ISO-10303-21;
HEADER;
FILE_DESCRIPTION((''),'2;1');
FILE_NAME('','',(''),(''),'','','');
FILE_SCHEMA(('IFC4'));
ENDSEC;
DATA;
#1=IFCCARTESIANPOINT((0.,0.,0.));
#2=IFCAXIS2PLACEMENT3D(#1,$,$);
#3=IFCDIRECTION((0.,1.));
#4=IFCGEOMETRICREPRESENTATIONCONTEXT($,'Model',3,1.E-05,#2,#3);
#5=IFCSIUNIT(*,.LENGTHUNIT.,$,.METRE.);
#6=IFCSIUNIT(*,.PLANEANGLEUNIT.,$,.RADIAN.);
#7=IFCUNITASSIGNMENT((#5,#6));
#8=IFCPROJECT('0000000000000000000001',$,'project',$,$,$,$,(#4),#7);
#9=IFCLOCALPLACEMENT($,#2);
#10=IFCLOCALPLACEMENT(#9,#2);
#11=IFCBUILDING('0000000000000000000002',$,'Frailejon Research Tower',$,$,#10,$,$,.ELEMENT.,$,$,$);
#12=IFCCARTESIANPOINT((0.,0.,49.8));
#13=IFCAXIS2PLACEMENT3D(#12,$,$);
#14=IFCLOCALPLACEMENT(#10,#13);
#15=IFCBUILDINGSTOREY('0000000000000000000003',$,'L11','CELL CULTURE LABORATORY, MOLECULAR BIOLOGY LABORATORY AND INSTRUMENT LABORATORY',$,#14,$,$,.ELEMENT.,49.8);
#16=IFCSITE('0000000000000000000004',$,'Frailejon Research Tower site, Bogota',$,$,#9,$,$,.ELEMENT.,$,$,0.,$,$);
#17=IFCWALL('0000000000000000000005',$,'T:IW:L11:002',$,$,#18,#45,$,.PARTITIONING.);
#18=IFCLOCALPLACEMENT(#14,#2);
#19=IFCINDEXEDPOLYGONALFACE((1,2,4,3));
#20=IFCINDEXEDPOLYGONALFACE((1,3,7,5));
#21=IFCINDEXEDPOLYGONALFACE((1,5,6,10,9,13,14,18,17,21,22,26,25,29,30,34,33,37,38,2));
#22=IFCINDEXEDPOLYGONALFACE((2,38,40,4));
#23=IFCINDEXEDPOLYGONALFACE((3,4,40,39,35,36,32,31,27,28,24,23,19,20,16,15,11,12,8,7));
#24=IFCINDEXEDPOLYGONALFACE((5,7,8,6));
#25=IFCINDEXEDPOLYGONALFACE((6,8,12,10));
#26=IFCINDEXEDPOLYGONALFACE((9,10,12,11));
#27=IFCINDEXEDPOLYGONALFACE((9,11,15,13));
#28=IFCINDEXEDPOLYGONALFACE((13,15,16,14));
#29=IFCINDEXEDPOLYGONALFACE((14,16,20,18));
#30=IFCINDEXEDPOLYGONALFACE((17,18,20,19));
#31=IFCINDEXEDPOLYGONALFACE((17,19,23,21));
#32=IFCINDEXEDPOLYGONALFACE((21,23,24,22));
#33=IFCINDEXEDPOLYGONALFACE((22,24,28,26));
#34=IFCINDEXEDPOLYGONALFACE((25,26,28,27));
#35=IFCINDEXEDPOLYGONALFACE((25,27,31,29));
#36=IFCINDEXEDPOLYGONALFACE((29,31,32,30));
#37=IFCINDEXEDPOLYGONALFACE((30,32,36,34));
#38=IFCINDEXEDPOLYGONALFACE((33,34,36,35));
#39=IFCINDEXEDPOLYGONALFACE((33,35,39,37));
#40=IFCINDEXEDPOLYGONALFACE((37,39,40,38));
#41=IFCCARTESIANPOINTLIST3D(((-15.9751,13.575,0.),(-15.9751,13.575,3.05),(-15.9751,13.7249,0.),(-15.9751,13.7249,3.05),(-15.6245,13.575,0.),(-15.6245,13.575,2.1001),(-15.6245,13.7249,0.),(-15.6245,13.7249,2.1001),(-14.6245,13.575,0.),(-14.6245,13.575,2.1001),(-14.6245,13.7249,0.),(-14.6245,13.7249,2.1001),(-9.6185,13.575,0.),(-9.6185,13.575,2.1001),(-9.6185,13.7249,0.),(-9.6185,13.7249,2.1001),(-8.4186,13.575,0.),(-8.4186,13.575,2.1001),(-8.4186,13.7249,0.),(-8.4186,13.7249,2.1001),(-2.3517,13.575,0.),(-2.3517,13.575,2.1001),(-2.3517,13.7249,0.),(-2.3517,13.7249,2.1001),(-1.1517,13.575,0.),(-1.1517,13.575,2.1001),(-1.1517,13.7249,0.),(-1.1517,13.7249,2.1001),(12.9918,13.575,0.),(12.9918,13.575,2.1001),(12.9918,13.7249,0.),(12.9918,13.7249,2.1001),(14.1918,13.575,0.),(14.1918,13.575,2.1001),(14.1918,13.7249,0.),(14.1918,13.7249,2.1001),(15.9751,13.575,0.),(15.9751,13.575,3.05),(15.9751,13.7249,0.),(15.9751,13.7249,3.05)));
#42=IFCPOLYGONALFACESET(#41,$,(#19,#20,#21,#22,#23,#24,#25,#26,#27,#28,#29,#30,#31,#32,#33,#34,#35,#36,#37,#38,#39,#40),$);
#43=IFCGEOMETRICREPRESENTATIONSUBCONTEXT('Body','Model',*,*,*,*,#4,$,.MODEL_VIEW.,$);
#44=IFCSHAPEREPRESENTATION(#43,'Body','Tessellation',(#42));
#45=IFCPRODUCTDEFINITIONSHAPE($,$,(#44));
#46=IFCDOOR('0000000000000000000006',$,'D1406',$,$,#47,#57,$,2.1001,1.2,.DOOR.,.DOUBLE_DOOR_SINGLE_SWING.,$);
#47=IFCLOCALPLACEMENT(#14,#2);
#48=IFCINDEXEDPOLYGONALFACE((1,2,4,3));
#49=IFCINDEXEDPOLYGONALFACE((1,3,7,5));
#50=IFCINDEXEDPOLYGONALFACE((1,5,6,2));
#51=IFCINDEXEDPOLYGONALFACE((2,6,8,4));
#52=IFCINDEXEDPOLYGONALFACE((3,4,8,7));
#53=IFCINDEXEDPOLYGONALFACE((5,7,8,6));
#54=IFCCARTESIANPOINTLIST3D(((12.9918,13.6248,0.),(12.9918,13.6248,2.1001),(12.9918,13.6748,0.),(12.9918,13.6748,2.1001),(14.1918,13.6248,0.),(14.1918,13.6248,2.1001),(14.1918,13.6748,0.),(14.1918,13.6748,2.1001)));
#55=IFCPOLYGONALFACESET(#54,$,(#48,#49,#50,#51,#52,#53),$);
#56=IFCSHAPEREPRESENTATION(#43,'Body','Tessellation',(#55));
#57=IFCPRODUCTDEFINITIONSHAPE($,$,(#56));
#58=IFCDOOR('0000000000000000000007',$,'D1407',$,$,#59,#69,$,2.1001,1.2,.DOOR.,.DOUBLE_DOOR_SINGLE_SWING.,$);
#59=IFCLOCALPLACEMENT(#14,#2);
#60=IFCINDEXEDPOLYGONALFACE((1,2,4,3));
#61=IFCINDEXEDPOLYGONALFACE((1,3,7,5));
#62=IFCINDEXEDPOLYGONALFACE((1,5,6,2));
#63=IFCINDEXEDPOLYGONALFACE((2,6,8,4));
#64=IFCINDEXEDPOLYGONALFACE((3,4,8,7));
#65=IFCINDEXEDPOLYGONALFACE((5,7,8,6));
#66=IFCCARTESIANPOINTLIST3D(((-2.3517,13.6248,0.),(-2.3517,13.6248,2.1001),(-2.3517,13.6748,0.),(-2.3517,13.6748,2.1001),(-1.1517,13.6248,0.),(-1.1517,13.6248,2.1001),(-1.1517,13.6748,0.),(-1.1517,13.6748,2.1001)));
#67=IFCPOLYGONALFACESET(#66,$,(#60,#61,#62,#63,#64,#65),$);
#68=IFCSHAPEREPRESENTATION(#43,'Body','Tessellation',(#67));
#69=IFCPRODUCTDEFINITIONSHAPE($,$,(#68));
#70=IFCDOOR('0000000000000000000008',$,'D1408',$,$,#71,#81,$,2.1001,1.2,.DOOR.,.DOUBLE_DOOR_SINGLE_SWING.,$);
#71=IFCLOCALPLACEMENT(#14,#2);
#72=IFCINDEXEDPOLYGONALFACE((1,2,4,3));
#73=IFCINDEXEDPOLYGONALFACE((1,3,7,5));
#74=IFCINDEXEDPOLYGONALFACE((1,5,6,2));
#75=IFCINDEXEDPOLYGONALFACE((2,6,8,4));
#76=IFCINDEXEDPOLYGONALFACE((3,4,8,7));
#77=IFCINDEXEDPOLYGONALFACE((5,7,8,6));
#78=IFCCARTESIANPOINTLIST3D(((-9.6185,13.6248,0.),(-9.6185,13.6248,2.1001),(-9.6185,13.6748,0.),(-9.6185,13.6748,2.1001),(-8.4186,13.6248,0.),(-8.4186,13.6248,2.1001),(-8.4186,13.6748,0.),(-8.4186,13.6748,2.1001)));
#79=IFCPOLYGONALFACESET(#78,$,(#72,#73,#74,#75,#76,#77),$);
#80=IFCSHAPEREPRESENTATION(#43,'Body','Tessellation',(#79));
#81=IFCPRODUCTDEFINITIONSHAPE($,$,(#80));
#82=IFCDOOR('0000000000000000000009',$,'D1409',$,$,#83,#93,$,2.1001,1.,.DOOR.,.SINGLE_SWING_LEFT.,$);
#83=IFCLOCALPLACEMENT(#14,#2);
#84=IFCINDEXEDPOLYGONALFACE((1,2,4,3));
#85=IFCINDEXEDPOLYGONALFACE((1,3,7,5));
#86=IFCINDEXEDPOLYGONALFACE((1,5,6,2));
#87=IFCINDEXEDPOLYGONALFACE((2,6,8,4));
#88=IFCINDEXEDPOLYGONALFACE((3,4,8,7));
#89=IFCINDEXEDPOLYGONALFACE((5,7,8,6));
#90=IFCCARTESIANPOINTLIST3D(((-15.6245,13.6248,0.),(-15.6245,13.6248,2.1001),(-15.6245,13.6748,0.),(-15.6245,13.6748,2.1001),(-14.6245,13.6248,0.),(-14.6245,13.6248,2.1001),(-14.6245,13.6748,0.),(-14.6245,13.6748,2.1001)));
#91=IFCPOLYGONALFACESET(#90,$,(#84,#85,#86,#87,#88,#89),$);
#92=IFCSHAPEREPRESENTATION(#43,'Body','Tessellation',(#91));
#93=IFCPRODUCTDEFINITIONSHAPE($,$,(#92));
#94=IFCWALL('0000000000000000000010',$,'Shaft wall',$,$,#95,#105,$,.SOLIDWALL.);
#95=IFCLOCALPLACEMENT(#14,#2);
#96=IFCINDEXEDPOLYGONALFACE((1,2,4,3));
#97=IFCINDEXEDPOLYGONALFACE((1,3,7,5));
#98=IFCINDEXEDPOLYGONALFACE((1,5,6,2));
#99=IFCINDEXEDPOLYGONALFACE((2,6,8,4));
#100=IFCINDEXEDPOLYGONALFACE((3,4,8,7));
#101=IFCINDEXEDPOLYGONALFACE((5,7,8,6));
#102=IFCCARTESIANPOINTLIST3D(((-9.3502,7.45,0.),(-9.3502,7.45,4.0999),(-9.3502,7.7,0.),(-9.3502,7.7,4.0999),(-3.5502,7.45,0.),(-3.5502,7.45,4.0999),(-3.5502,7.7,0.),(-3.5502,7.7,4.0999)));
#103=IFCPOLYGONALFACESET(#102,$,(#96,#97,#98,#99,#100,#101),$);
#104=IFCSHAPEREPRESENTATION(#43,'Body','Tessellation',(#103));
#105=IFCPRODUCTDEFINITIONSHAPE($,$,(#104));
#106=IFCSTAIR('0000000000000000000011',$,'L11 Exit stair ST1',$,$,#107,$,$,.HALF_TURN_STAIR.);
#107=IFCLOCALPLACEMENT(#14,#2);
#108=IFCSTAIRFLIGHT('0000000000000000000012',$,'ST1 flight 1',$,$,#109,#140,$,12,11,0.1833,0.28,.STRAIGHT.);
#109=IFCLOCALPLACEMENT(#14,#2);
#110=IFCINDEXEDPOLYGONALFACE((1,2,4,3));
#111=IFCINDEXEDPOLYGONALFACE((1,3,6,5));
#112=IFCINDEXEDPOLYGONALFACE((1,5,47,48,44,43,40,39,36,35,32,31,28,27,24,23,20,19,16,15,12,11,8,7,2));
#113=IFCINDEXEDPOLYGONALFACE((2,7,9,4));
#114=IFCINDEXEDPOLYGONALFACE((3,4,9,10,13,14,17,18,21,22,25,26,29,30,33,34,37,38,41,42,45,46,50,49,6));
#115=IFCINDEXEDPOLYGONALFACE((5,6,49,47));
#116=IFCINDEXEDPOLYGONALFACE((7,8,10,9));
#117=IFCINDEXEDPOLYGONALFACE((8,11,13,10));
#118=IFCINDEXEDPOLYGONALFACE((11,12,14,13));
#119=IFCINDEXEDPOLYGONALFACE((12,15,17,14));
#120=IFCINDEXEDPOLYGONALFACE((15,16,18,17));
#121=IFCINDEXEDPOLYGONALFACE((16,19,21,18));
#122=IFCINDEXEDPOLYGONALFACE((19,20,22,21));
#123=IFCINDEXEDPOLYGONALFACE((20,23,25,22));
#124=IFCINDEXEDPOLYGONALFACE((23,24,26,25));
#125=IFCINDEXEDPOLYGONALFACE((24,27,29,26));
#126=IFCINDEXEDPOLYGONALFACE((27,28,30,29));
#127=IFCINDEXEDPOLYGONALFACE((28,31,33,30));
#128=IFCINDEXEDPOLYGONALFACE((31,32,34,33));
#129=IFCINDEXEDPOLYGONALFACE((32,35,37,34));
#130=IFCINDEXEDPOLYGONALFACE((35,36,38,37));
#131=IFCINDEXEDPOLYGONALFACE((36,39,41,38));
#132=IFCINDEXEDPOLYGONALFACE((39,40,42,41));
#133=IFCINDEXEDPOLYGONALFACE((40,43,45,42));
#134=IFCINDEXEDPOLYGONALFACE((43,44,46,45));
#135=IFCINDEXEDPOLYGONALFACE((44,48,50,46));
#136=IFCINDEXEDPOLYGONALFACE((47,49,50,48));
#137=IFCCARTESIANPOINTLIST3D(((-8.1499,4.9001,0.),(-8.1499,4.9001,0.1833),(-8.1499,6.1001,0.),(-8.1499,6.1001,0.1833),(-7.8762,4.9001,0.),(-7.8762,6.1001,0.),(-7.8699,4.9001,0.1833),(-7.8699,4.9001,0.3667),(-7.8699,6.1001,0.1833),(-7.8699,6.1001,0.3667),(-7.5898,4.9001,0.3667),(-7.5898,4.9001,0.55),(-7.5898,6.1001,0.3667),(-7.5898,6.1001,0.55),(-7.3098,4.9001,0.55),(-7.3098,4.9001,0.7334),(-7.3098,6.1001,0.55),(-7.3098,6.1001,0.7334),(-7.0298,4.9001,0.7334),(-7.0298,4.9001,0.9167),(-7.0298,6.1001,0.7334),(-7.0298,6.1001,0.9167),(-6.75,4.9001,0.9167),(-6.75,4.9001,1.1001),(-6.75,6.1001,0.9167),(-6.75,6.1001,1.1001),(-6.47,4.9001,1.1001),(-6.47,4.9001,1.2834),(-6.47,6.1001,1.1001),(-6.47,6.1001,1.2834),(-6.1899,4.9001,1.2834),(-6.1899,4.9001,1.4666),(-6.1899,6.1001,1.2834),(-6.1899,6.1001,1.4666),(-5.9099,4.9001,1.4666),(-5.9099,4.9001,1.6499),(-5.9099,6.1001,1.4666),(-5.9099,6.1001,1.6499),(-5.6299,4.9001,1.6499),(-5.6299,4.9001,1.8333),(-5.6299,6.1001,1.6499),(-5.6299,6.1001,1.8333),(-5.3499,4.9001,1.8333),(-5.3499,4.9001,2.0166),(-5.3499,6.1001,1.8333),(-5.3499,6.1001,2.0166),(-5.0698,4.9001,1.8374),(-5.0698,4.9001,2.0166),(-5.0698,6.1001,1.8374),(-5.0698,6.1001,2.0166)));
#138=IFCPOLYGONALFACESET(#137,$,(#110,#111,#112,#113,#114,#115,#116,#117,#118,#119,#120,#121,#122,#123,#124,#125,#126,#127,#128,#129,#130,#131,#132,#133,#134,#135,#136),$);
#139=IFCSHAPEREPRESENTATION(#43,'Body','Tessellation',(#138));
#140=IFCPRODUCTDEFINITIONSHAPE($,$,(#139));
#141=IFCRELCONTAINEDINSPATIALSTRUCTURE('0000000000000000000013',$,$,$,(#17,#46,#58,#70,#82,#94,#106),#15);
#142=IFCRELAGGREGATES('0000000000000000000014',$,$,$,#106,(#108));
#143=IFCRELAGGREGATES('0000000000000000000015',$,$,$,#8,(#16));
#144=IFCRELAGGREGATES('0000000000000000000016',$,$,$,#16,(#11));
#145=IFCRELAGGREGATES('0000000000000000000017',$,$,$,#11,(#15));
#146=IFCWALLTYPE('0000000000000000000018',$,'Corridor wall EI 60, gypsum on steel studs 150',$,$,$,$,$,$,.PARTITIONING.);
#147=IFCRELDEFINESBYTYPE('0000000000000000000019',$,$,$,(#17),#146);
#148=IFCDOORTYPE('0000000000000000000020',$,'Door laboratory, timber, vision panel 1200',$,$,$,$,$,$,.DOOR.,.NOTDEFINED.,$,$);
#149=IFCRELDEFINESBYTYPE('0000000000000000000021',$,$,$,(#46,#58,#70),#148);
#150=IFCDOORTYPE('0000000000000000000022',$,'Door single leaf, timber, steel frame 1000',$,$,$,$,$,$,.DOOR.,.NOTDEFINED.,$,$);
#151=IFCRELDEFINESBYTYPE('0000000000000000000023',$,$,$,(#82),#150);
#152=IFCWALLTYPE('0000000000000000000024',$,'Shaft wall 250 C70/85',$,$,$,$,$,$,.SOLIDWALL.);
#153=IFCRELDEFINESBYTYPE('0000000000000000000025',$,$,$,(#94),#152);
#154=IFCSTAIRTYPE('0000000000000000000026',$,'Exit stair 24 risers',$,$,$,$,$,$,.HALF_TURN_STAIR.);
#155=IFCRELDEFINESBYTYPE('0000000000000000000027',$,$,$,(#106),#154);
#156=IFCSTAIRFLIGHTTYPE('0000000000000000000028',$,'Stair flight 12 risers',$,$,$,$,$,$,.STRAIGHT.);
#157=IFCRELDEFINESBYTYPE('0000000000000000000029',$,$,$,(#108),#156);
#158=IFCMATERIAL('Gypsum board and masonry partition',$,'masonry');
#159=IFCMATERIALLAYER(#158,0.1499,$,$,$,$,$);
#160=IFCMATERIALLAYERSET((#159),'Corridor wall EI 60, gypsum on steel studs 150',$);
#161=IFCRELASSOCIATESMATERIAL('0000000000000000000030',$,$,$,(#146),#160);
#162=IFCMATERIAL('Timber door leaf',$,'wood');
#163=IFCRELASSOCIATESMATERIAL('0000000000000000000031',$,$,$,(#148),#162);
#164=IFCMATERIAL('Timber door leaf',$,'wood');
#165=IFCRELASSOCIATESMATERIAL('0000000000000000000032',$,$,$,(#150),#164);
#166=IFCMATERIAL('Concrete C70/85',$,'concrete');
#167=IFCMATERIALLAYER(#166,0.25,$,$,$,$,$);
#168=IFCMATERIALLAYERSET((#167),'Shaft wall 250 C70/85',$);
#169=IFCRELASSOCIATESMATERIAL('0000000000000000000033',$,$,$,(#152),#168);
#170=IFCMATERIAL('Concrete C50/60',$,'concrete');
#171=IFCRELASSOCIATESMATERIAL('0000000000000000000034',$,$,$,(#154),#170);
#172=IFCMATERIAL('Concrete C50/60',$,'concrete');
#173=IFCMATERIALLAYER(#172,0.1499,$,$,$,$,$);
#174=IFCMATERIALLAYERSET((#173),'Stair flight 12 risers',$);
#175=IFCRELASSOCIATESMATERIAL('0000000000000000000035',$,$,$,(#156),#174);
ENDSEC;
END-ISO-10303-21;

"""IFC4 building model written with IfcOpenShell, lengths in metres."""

from ifc_helpers import new_model, si_unit, direction, frame, frame_2d, origin, place, context, subcontext, project, spatial, polyline, rectangle, outline, extrude, material, layer, layer_set, type_object, element, fill, aggregate, save


model = new_model("IFC4")

# Units and contexts
model_context = context("Model", 3, precision=1e-05, world=origin(), true_north=direction((0.0, 1.0)))
body_context = subcontext(model_context, "Body", "Model", "MODEL_VIEW")
ifc_project = project(units=[si_unit("LENGTHUNIT", "METRE"), si_unit("PLANEANGLEUNIT", "RADIAN")], contexts=[model_context])

# Site, building, storey
site_placement = place(None, origin())
site = spatial("IfcSite", under=ifc_project, at=site_placement, Name="Frailejon Research Tower site, Bogota", CompositionType="ELEMENT", RefElevation=0.0)
building_placement = place(site_placement, origin())
building = spatial("IfcBuilding", under=site, at=building_placement, Name="Frailejon Research Tower", CompositionType="ELEMENT")
storey_placement = place(building_placement, frame((0.0, 0.0, 49.8)))
storey = spatial("IfcBuildingStorey", under=building, at=storey_placement, Name="L11", Description="CELL CULTURE LABORATORY, MOLECULAR BIOLOGY LABORATORY AND INSTRUMENT LABORATORY", CompositionType="ELEMENT", Elevation=49.8)

# Wall, openings, doors
ifc_material_1 = material(Name="Gypsum board and masonry partition", Category="masonry")
ifc_layer_1 = layer(ifc_material_1, 0.1499)
ifc_layer_set_1 = layer_set([ifc_layer_1], Name="Corridor wall EI 60, gypsum on steel studs 150")
wall_type_1 = type_object("IfcWallType", Name="Corridor wall EI 60, gypsum on steel studs 150", PredefinedType="PARTITIONING", material=ifc_layer_set_1)
wall_1_placement = place(storey_placement, frame((-15.9751, 13.6499, 0.0), z_axis=(0.0, 0.0, 1.0), x_axis=(1.0, 0.0, 0.0)))
wall_1 = element("IfcWall", 1, at=wall_1_placement, inside=storey, type_object=wall_type_1, Name="T:IW:L11:002", PredefinedType="PARTITIONING", context=body_context, shape_type="SweptSolid", body=[
    extrude(rectangle(XDim=31.9502, YDim=0.1499, at=frame_2d((15.9751, 0.0))), origin(), (0.0, 0.0, 1.0), 3.05),
])
opening_1_placement = place(wall_1_placement, frame((28.9668, 0.0, 0.0)))
opening_1 = element("IfcOpeningElement", 2, at=opening_1_placement, cuts=wall_1, PredefinedType="OPENING", context=body_context, shape_type="SweptSolid", body=[
    extrude(rectangle(XDim=1.2, YDim=2.1001, at=frame_2d((0.6001, 1.05))), frame((0.0, 0.085, 0.0), z_axis=(0.0, -1.0, 0.0), x_axis=(1.0, 0.0, 0.0)), (0.0, 0.0, 1.0), 0.1699),
])
opening_2_placement = place(wall_1_placement, frame((13.6233, 0.0, 0.0)))
opening_2 = element("IfcOpeningElement", 3, at=opening_2_placement, cuts=wall_1, PredefinedType="OPENING", context=body_context, shape_type="SweptSolid", body=[
    extrude(rectangle(XDim=1.2, YDim=2.1001, at=frame_2d((0.6001, 1.05))), frame((0.0, 0.085, 0.0), z_axis=(0.0, -1.0, 0.0), x_axis=(1.0, 0.0, 0.0)), (0.0, 0.0, 1.0), 0.1699),
])
opening_3_placement = place(wall_1_placement, frame((6.3564, 0.0, 0.0)))
opening_3 = element("IfcOpeningElement", 4, at=opening_3_placement, cuts=wall_1, PredefinedType="OPENING", context=body_context, shape_type="SweptSolid", body=[
    extrude(rectangle(XDim=1.2, YDim=2.1001, at=frame_2d((0.6001, 1.05))), frame((0.0, 0.085, 0.0), z_axis=(0.0, -1.0, 0.0), x_axis=(1.0, 0.0, 0.0)), (0.0, 0.0, 1.0), 0.1699),
])
opening_4_placement = place(wall_1_placement, frame((0.3506, 0.0, 0.0)))
opening_4 = element("IfcOpeningElement", 5, at=opening_4_placement, cuts=wall_1, PredefinedType="OPENING", context=body_context, shape_type="SweptSolid", body=[
    extrude(rectangle(XDim=1.0, YDim=2.1001, at=frame_2d((0.5, 1.05))), frame((0.0, 0.085, 0.0), z_axis=(0.0, -1.0, 0.0), x_axis=(1.0, 0.0, 0.0)), (0.0, 0.0, 1.0), 0.1699),
])
ifc_material_2 = material(Name="Timber door leaf", Category="wood")
door_type_1 = type_object("IfcDoorType", Name="Door laboratory, timber, vision panel 1200", OperationType="NOTDEFINED", PredefinedType="DOOR", material=ifc_material_2)
door_1_placement = place(opening_1_placement, origin())
door_1 = element("IfcDoor", 6, at=door_1_placement, inside=storey, type_object=door_type_1, Name="D1406", OperationType="DOUBLE_DOOR_SINGLE_SWING", OverallHeight=2.1001, OverallWidth=1.2, PredefinedType="DOOR", context=body_context, shape_type="SweptSolid", body=[
    extrude(rectangle(XDim=1.2, YDim=2.1001, at=frame_2d((0.6001, 1.05))), frame((0.0, 0.0249, 0.0), z_axis=(0.0, -1.0, 0.0), x_axis=(1.0, 0.0, 0.0)), (0.0, 0.0, 1.0), 0.05),
])
fill(opening_1, door_1)
door_2_placement = place(opening_2_placement, origin())
door_2 = element("IfcDoor", 7, at=door_2_placement, inside=storey, type_object=door_type_1, Name="D1407", OperationType="DOUBLE_DOOR_SINGLE_SWING", OverallHeight=2.1001, OverallWidth=1.2, PredefinedType="DOOR", context=body_context, shape_type="SweptSolid", body=[
    extrude(rectangle(XDim=1.2, YDim=2.1001, at=frame_2d((0.6001, 1.05))), frame((0.0, 0.0249, 0.0), z_axis=(0.0, -1.0, 0.0), x_axis=(1.0, 0.0, 0.0)), (0.0, 0.0, 1.0), 0.05),
])
fill(opening_2, door_2)
door_3_placement = place(opening_3_placement, origin())
door_3 = element("IfcDoor", 8, at=door_3_placement, inside=storey, type_object=door_type_1, Name="D1408", OperationType="DOUBLE_DOOR_SINGLE_SWING", OverallHeight=2.1001, OverallWidth=1.2, PredefinedType="DOOR", context=body_context, shape_type="SweptSolid", body=[
    extrude(rectangle(XDim=1.2, YDim=2.1001, at=frame_2d((0.6001, 1.05))), frame((0.0, 0.0249, 0.0), z_axis=(0.0, -1.0, 0.0), x_axis=(1.0, 0.0, 0.0)), (0.0, 0.0, 1.0), 0.05),
])
fill(opening_3, door_3)
ifc_material_3 = material(Name="Timber door leaf", Category="wood")
door_type_2 = type_object("IfcDoorType", Name="Door single leaf, timber, steel frame 1000", OperationType="NOTDEFINED", PredefinedType="DOOR", material=ifc_material_3)
door_4_placement = place(opening_4_placement, origin())
door_4 = element("IfcDoor", 9, at=door_4_placement, inside=storey, type_object=door_type_2, Name="D1409", OperationType="SINGLE_SWING_LEFT", OverallHeight=2.1001, OverallWidth=1.0, PredefinedType="DOOR", context=body_context, shape_type="SweptSolid", body=[
    extrude(rectangle(XDim=1.0, YDim=2.1001, at=frame_2d((0.5, 1.05))), frame((0.0, 0.0249, 0.0), z_axis=(0.0, -1.0, 0.0), x_axis=(1.0, 0.0, 0.0)), (0.0, 0.0, 1.0), 0.05),
])
fill(opening_4, door_4)

# Wall
ifc_material_4 = material(Name="Concrete C70/85", Category="concrete")
ifc_layer_2 = layer(ifc_material_4, 0.25)
ifc_layer_set_2 = layer_set([ifc_layer_2], Name="Shaft wall 250 C70/85")
wall_type_2 = type_object("IfcWallType", Name="Shaft wall 250 C70/85", PredefinedType="SOLIDWALL", material=ifc_layer_set_2)
wall_2_placement = place(storey_placement, frame((-9.3501, 7.575, 0.0), z_axis=(0.0, 0.0, 1.0), x_axis=(1.0, 0.0, 0.0)))
element("IfcWall", 10, at=wall_2_placement, inside=storey, type_object=wall_type_2, Name="Shaft wall", PredefinedType="SOLIDWALL", context=body_context, shape_type="SweptSolid", body=[
    extrude(rectangle(XDim=5.8, YDim=0.25, at=frame_2d((2.8999, 0.0))), origin(), (0.0, 0.0, 1.0), 4.0999),
])

# Stair, stair flight
ifc_material_5 = material(Name="Concrete C50/60", Category="concrete")
stair_type = type_object("IfcStairType", Name="Exit stair 24 risers", PredefinedType="HALF_TURN_STAIR", material=ifc_material_5)
stair_placement = place(storey_placement, origin())
stair = element("IfcStair", 11, at=stair_placement, inside=storey, type_object=stair_type, Name="L11 Exit stair ST1", PredefinedType="HALF_TURN_STAIR")
ifc_material_6 = material(Name="Concrete C50/60", Category="concrete")
ifc_layer_3 = layer(ifc_material_6, 0.1499)
ifc_layer_set_3 = layer_set([ifc_layer_3], Name="Stair flight 12 risers")
stair_flight_type = type_object("IfcStairFlightType", Name="Stair flight 12 risers", PredefinedType="STRAIGHT", material=ifc_layer_set_3)
stair_flight_1_placement = place(storey_placement, frame((-8.1499, 5.5, 0.0), z_axis=(0.0, 0.0, 1.0), x_axis=(1.0, 0.0, 0.0)))
stair_flight_1 = element("IfcStairFlight", 12, at=stair_flight_1_placement, type_object=stair_flight_type, Name="ST1 flight 1", NumberOfRisers=12, NumberOfTreads=11, PredefinedType="STRAIGHT", RiserHeight=0.1833, TreadLength=0.28, context=body_context, shape_type="SweptSolid", body=[
    extrude(outline(polyline([(0.0, 0.0), (0.0, 0.1833), (0.28, 0.1833), (0.28, 0.3667), (0.5601, 0.3667), (0.5601, 0.55), (0.8401, 0.55), (0.8401, 0.7334), (1.1201, 0.7334), (1.1201, 0.9167), (1.3999, 0.9167), (1.3999, 1.1001), (1.6799, 1.1001), (1.6799, 1.2834), (1.96, 1.2834), (1.96, 1.4666), (2.24, 1.4666), (2.24, 1.6499), (2.52, 1.6499), (2.52, 1.8333), (2.8, 1.8333), (2.8, 2.0166), (3.0801, 2.0166), (3.0801, 2.2), (3.0801, 1.8374), (0.2737, 0.0), (0.0, 0.0)])), frame((0.0, 0.6001, 0.0), z_axis=(0.0, -1.0, 0.0), x_axis=(1.0, 0.0, 0.0)), (0.0, 0.0, 1.0), 1.2),
])
aggregate(stair, [stair_flight_1])

save(model, "model.ifc")
